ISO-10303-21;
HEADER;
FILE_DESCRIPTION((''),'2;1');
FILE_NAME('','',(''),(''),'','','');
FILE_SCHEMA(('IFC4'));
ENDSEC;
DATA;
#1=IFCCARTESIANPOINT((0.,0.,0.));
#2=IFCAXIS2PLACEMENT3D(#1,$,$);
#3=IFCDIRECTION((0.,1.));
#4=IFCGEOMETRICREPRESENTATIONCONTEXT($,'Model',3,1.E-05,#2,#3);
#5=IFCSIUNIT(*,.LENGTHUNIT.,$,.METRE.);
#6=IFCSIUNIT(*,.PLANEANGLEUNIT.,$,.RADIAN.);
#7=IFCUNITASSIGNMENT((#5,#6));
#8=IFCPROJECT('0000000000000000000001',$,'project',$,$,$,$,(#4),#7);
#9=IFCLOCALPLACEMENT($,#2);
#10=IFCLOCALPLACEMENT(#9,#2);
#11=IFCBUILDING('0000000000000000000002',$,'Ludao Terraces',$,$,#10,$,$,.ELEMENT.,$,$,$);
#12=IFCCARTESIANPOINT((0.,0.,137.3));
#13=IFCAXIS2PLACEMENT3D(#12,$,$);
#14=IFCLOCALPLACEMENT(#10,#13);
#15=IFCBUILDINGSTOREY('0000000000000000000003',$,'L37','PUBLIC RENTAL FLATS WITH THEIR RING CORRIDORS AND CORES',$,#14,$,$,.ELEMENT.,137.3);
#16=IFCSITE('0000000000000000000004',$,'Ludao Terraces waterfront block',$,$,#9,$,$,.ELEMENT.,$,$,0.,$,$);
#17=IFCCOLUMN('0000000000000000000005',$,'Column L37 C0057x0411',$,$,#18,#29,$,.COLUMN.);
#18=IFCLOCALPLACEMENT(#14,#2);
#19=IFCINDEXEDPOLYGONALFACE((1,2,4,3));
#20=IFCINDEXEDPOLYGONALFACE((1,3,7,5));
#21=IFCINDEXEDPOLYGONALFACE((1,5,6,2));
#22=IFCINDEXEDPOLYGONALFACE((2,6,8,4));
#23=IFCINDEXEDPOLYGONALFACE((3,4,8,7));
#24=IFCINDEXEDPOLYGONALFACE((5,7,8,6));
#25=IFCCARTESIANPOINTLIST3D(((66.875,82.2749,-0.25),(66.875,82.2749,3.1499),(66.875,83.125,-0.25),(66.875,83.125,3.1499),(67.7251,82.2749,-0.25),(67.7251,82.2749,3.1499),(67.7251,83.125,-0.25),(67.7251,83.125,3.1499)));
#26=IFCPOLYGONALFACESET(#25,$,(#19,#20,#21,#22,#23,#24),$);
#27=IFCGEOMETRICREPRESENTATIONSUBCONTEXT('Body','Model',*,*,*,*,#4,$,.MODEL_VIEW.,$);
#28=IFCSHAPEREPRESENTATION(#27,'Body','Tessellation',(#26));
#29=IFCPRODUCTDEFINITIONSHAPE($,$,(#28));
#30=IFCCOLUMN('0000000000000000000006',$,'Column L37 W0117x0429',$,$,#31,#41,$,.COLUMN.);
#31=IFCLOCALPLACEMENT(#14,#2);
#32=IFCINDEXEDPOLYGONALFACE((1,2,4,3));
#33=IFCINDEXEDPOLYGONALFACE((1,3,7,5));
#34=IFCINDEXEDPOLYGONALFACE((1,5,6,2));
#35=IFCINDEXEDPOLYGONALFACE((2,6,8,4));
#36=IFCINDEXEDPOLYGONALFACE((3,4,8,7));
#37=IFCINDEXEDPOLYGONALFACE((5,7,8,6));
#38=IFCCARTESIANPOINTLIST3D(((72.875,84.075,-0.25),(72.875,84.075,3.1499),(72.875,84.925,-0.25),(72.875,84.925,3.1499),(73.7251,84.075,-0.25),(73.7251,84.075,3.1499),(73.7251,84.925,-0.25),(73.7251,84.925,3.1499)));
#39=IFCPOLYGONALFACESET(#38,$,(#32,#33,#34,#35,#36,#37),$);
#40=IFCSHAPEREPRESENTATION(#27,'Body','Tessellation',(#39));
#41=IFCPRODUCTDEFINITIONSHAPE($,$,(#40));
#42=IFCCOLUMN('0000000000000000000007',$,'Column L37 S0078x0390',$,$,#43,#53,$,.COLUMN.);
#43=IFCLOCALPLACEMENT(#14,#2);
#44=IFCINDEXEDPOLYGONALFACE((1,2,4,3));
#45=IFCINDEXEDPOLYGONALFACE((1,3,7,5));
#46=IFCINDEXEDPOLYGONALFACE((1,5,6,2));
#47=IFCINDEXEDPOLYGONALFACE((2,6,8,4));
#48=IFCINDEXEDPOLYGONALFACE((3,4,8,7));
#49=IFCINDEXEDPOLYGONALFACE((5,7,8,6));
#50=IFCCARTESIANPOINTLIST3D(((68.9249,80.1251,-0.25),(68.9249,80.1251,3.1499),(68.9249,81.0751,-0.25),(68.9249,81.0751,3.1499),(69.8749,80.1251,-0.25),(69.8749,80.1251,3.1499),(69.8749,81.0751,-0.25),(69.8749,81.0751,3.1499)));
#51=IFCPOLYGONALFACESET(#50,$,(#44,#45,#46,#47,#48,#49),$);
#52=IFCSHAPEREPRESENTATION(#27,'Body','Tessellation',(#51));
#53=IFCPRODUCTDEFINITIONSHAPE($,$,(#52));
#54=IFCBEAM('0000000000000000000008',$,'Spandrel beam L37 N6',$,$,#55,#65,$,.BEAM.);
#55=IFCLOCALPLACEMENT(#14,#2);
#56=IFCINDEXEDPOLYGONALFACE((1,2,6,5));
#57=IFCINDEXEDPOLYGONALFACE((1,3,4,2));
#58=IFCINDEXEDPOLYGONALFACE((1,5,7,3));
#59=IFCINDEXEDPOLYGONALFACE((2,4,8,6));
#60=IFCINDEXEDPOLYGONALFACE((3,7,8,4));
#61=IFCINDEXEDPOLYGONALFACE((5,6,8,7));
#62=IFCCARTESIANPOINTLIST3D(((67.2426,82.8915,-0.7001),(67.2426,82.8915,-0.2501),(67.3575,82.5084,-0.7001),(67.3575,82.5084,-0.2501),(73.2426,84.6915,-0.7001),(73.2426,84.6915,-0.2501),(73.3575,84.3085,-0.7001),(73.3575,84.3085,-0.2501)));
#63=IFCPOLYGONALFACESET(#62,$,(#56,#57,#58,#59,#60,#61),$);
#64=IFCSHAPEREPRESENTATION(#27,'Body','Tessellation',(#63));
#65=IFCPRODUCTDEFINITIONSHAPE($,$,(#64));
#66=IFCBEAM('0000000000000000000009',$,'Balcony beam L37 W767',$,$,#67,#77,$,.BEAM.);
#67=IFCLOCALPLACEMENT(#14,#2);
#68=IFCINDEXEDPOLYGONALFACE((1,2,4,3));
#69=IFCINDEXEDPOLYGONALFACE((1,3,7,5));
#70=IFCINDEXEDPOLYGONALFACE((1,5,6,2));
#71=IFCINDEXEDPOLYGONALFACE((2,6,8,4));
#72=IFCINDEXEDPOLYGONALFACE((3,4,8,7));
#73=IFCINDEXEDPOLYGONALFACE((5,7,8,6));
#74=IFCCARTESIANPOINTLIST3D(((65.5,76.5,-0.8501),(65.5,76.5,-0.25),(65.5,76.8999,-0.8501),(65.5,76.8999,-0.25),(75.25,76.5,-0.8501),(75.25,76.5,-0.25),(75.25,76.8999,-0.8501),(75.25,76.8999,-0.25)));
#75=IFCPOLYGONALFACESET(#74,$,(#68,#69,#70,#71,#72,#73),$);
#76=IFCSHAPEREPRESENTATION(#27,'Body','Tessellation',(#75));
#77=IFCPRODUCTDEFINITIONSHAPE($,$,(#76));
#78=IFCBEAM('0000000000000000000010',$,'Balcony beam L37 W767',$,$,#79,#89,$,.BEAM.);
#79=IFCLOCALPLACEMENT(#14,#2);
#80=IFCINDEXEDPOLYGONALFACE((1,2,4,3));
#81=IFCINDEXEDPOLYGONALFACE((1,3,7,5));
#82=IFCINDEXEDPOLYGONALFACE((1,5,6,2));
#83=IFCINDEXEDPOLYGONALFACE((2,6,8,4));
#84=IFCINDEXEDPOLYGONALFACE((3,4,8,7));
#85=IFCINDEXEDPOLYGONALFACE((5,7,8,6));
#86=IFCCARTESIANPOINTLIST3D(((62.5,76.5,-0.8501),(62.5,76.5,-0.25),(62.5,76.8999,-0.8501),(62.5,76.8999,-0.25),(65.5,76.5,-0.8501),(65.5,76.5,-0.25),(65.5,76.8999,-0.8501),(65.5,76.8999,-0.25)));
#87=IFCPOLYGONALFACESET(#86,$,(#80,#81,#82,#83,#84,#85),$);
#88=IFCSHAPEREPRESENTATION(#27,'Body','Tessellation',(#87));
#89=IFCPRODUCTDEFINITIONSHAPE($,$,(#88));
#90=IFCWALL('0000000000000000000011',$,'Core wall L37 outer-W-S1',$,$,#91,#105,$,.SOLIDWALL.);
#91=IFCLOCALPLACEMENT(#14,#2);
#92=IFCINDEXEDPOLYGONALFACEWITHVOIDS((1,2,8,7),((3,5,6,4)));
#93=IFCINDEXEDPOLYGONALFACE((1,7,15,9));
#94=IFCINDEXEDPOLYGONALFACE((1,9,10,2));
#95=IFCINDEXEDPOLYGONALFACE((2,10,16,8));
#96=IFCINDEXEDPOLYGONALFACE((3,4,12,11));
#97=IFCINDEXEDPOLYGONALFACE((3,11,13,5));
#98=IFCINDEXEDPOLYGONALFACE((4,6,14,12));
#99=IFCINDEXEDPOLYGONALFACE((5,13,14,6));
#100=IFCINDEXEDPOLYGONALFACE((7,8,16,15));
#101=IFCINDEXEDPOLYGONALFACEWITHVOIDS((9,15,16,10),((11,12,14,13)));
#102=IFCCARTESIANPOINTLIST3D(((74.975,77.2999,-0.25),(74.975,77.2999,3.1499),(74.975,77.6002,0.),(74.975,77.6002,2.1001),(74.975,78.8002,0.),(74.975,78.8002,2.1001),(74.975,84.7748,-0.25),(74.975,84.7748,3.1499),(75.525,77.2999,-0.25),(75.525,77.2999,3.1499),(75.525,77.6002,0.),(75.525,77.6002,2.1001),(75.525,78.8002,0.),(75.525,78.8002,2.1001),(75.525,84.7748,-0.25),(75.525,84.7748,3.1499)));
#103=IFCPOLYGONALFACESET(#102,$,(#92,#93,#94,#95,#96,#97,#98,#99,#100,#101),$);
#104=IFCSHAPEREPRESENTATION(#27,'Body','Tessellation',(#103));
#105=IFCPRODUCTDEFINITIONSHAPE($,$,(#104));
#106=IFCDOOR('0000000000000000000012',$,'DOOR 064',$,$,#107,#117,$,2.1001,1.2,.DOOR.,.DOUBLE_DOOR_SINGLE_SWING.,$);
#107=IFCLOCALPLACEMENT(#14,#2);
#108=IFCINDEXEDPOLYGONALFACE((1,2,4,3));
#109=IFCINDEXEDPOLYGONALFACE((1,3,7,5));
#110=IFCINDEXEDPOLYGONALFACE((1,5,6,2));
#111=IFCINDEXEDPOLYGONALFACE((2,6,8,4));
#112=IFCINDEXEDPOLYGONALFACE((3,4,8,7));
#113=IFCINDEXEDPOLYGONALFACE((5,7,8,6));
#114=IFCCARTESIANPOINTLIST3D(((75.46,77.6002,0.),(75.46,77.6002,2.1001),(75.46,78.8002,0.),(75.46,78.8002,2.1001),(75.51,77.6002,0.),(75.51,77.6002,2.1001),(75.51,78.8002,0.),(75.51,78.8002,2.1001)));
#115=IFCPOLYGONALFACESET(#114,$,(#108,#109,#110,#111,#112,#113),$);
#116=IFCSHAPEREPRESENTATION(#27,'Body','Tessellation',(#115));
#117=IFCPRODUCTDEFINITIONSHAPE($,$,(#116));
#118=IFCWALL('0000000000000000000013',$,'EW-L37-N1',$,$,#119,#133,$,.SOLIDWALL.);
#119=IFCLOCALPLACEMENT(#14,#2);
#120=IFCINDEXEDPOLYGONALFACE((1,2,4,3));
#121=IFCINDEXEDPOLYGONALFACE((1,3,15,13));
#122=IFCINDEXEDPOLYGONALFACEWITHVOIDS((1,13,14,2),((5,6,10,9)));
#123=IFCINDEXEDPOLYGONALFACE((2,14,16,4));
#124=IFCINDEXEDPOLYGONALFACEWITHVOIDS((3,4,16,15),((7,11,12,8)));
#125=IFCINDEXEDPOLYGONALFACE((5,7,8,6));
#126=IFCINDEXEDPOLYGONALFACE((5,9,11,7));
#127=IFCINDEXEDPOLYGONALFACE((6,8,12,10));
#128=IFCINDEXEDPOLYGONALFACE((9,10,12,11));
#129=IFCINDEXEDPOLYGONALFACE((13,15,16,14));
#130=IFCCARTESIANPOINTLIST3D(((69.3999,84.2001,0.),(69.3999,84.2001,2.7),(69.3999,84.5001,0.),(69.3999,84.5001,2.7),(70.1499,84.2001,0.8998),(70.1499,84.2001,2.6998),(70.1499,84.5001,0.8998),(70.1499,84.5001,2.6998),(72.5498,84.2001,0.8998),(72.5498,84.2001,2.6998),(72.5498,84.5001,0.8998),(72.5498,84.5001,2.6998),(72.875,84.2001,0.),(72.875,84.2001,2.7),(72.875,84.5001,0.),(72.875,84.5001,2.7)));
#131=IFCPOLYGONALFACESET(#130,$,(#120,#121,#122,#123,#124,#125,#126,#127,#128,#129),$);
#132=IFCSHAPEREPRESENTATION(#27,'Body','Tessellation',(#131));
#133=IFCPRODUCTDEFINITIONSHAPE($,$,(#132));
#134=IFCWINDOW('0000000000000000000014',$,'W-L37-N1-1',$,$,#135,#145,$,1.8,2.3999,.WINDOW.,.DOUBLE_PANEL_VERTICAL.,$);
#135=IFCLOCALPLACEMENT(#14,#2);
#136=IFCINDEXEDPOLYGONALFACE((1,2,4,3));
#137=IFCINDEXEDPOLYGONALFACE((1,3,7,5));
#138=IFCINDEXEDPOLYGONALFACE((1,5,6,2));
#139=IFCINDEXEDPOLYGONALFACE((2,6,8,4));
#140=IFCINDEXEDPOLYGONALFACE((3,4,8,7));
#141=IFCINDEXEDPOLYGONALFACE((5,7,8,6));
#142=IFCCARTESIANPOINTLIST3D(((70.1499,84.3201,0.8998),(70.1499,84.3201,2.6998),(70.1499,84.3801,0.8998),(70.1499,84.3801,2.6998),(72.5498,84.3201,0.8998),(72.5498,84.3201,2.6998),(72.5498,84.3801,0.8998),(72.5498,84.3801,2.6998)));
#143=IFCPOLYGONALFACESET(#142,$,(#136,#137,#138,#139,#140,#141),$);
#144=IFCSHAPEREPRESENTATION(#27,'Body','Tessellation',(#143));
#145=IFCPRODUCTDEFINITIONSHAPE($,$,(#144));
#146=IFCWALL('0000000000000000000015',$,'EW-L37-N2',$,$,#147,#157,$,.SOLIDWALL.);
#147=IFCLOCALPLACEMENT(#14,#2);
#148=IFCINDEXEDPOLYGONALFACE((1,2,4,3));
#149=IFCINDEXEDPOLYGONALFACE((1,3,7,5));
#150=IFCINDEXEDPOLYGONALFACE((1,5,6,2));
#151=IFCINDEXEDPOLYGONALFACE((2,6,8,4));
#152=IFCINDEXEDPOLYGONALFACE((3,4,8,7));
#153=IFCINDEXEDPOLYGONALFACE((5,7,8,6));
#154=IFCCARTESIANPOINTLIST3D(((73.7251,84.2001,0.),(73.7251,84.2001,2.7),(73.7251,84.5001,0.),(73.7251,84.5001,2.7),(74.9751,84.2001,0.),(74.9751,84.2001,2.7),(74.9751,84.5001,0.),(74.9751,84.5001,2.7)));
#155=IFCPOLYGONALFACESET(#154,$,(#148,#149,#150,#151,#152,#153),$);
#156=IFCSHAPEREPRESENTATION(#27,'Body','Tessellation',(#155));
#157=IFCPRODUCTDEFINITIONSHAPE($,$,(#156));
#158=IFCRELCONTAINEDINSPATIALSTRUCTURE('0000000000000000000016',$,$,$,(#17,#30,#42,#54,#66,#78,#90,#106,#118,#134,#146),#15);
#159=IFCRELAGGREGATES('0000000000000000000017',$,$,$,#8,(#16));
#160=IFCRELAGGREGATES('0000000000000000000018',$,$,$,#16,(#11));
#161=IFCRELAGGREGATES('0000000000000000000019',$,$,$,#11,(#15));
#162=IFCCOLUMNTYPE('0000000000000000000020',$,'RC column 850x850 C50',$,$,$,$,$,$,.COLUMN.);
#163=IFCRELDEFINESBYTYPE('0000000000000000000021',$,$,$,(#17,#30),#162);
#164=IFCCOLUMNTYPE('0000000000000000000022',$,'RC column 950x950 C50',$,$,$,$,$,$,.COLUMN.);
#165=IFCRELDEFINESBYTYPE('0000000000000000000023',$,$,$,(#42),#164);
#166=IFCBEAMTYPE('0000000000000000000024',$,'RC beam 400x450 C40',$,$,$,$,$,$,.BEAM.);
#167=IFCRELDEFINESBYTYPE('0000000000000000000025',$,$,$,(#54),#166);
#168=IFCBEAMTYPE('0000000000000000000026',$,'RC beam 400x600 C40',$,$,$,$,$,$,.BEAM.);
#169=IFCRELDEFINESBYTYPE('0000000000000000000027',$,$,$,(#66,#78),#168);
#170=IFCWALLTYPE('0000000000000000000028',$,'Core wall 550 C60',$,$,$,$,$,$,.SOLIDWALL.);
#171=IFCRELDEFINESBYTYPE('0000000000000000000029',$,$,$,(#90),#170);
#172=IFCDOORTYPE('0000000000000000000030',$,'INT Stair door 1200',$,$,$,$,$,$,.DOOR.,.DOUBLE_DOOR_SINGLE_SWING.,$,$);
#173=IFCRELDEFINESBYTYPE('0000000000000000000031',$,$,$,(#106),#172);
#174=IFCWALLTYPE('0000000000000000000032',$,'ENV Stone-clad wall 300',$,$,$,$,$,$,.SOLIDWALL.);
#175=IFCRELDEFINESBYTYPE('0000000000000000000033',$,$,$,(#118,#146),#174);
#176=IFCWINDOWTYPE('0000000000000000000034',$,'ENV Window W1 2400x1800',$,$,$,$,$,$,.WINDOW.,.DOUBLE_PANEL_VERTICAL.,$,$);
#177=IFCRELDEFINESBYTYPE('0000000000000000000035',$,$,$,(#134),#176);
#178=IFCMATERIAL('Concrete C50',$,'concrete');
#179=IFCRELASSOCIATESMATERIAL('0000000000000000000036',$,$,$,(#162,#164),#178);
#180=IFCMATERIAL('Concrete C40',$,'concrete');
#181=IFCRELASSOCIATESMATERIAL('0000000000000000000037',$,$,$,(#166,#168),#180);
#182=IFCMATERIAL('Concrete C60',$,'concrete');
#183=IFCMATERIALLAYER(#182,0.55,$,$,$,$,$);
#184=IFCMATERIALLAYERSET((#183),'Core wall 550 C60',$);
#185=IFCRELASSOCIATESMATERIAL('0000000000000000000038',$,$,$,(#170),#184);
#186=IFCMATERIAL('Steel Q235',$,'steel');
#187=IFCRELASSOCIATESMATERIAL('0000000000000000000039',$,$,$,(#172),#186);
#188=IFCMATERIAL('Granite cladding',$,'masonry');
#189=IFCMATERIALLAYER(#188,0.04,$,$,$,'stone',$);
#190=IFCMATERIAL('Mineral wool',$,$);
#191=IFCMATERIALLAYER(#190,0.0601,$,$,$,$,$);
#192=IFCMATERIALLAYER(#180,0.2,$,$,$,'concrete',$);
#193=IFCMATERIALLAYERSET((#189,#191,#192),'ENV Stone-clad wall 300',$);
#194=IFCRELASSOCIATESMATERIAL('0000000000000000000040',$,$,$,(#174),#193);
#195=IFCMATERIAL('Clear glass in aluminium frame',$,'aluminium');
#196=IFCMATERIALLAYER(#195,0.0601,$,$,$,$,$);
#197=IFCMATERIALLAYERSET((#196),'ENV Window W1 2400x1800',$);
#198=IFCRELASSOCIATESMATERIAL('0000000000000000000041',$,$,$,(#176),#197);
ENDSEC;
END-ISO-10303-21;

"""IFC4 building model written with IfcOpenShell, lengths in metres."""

from ifc_helpers import new_model, si_unit, direction, frame, frame_2d, origin, origin_2d, place, context, subcontext, project, spatial, rectangle, extrude, material, layer, layer_set, material_profile, profile_set, type_object, element, fill, save


model = new_model("IFC4")

# Units and contexts
model_context = context("Model", 3, precision=1e-05, world=origin(), true_north=direction((0.0, 1.0)))
body_context = subcontext(model_context, "Body", "Model", "MODEL_VIEW")
ifc_project = project(units=[si_unit("LENGTHUNIT", "METRE"), si_unit("PLANEANGLEUNIT", "RADIAN")], contexts=[model_context])

# Site, building, storey
site_placement = place(None, origin())
site = spatial("IfcSite", under=ifc_project, at=site_placement, Name="Ludao Terraces waterfront block", CompositionType="ELEMENT", RefElevation=0.0)
building_placement = place(site_placement, origin())
building = spatial("IfcBuilding", under=site, at=building_placement, Name="Ludao Terraces", CompositionType="ELEMENT")
storey_placement = place(building_placement, frame((0.0, 0.0, 137.3)))
storey = spatial("IfcBuildingStorey", under=building, at=storey_placement, Name="L37", Description="PUBLIC RENTAL FLATS WITH THEIR RING CORRIDORS AND CORES", CompositionType="ELEMENT", Elevation=137.3)

# Columns
ifc_material_1 = material(Name="Concrete C50", Category="concrete")
ifc_material_profile_1 = material_profile(ifc_material_1, rectangle(XDim=0.8501, YDim=0.8501, at=origin_2d()), Name="850 X 850")
ifc_profile_set_1 = profile_set([ifc_material_profile_1], Name="Concrete C50")
column_type_1 = type_object("IfcColumnType", Name="RC column 850x850 C50", PredefinedType="COLUMN", material=ifc_profile_set_1)
for number, where, z_axis, x_axis, name in (
    (1, (67.3, 82.7, -0.25), (0.0, 0.0, 1.0), (1.0, 0.0, 0.0), "Column L37 C0057x0411"),
    (2, (73.3, 84.5, -0.25), (0.0, 0.0, 1.0), (1.0, 0.0, 0.0), "Column L37 W0117x0429"),
):
    element("IfcColumn", number, at=place(storey_placement, frame(where, z_axis=z_axis, x_axis=x_axis)), inside=storey, type_object=column_type_1, Name=name, PredefinedType="COLUMN", context=body_context, shape_type="SweptSolid", body=[
        extrude(rectangle(XDim=0.8501, YDim=0.8501, at=origin_2d()), origin(), (0.0, 0.0, 1.0), 3.3999),
    ])
ifc_material_profile_2 = material_profile(ifc_material_1, rectangle(XDim=0.95, YDim=0.95, at=origin_2d()), Name="950 X 950")
ifc_profile_set_2 = profile_set([ifc_material_profile_2], Name="Concrete C50")
column_type_2 = type_object("IfcColumnType", Name="RC column 950x950 C50", PredefinedType="COLUMN", material=ifc_profile_set_2)
column_placement = place(storey_placement, frame((69.3999, 80.6001, -0.25), z_axis=(0.0, 0.0, 1.0), x_axis=(1.0, 0.0, 0.0)))
element("IfcColumn", 3, at=column_placement, inside=storey, type_object=column_type_2, Name="Column L37 S0078x0390", PredefinedType="COLUMN", context=body_context, shape_type="SweptSolid", body=[
    extrude(rectangle(XDim=0.95, YDim=0.95, at=origin_2d()), origin(), (0.0, 0.0, 1.0), 3.3999),
])

# Beams
ifc_material_2 = material(Name="Concrete C40", Category="concrete")
ifc_material_profile_3 = material_profile(ifc_material_2, rectangle(XDim=0.3999, YDim=0.45, at=origin_2d()), Name="400 X 450")
ifc_profile_set_3 = profile_set([ifc_material_profile_3], Name="Concrete C40")
beam_type_1 = type_object("IfcBeamType", Name="RC beam 400x450 C40", PredefinedType="BEAM", material=ifc_profile_set_3)
beam_1_placement = place(storey_placement, frame((67.3, 82.7, -0.4751), z_axis=(0.957824, 0.287355, 0.0), x_axis=(-0.287355, 0.957824, 0.0)))
element("IfcBeam", 4, at=beam_1_placement, inside=storey, type_object=beam_type_1, Name="Spandrel beam L37 N6", PredefinedType="BEAM", context=body_context, shape_type="SweptSolid", body=[
    extrude(rectangle(XDim=0.3999, YDim=0.45, at=origin_2d()), origin(), (0.0, 0.0, 1.0), 6.2642),
])
ifc_material_profile_4 = material_profile(ifc_material_2, rectangle(XDim=0.3999, YDim=0.6001, at=origin_2d()), Name="400 X 600")
ifc_profile_set_4 = profile_set([ifc_material_profile_4], Name="Concrete C40")
beam_type_2 = type_object("IfcBeamType", Name="RC beam 400x600 C40", PredefinedType="BEAM", material=ifc_profile_set_4)
beam_2_placement = place(storey_placement, frame((75.25, 76.7, -0.55), z_axis=(-1.0, 0.0, 0.0), x_axis=(0.0, -1.0, 0.0)))
element("IfcBeam", 5, at=beam_2_placement, inside=storey, type_object=beam_type_2, Name="Balcony beam L37 W767", PredefinedType="BEAM", context=body_context, shape_type="SweptSolid", body=[
    extrude(rectangle(XDim=0.3999, YDim=0.6001, at=origin_2d()), origin(), (0.0, 0.0, 1.0), 9.75),
])
beam_3_placement = place(storey_placement, frame((65.5, 76.7, -0.55), z_axis=(-1.0, 0.0, 0.0), x_axis=(0.0, -1.0, 0.0)))
element("IfcBeam", 6, at=beam_3_placement, inside=storey, type_object=beam_type_2, Name="Balcony beam L37 W767", PredefinedType="BEAM", context=body_context, shape_type="SweptSolid", body=[
    extrude(rectangle(XDim=0.3999, YDim=0.6001, at=origin_2d()), origin(), (0.0, 0.0, 1.0), 3.0),
])

# Wall, opening, door
ifc_material_3 = material(Name="Concrete C60", Category="concrete")
ifc_layer_1 = layer(ifc_material_3, 0.55)
ifc_layer_set_1 = layer_set([ifc_layer_1], Name="Core wall 550 C60")
wall_type_1 = type_object("IfcWallType", Name="Core wall 550 C60", PredefinedType="SOLIDWALL", material=ifc_layer_set_1)
wall_1_placement = place(storey_placement, frame((75.25, 77.3, -0.25), z_axis=(0.0, 0.0, 1.0), x_axis=(0.0, 1.0, 0.0)))
wall_1 = element("IfcWall", 7, at=wall_1_placement, inside=storey, type_object=wall_type_1, Name="Core wall L37 outer-W-S1", PredefinedType="SOLIDWALL", context=body_context, shape_type="SweptSolid", body=[
    extrude(rectangle(XDim=7.4749, YDim=0.55, at=frame_2d((3.7373, 0.0))), origin(), (0.0, 0.0, 1.0), 3.3999),
])
opening_1_placement = place(wall_1_placement, frame((0.3, 0.0, 0.25)))
opening_1 = element("IfcOpeningElement", 8, at=opening_1_placement, cuts=wall_1, PredefinedType="OPENING", context=body_context, shape_type="SweptSolid", body=[
    extrude(rectangle(XDim=1.2, YDim=2.1001, at=frame_2d((0.6001, 1.05))), frame((0.0, 0.2852, 0.0), z_axis=(0.0, -1.0, 0.0), x_axis=(1.0, 0.0, 0.0)), (0.0, 0.0, 1.0), 0.5701),
])
ifc_material_4 = material(Name="Steel Q235", Category="steel")
door_type_1 = type_object("IfcDoorType", Name="INT Stair door 1200", OperationType="DOUBLE_DOOR_SINGLE_SWING", PredefinedType="DOOR", material=ifc_material_4)
door_1_placement = place(opening_1_placement, origin())
door_1 = element("IfcDoor", 9, at=door_1_placement, inside=storey, type_object=door_type_1, Name="DOOR 064", OperationType="DOUBLE_DOOR_SINGLE_SWING", OverallHeight=2.1001, OverallWidth=1.2, PredefinedType="DOOR", context=body_context, shape_type="SweptSolid", body=[
    extrude(rectangle(XDim=1.2, YDim=2.1001, at=frame_2d((0.6001, 1.05))), frame((0.0, -0.21, 0.0), z_axis=(0.0, -1.0, 0.0), x_axis=(1.0, 0.0, 0.0)), (0.0, 0.0, 1.0), 0.05),
])
fill(opening_1, door_1)

# Wall, opening, window
ifc_material_5 = material(Name="Granite cladding", Category="masonry")
ifc_layer_2 = layer(ifc_material_5, 0.04, Category="stone")
ifc_material_6 = material(Name="Mineral wool")
ifc_layer_3 = layer(ifc_material_6, 0.0601)
ifc_layer_4 = layer(ifc_material_2, 0.2, Category="concrete")
ifc_layer_set_2 = layer_set([ifc_layer_2, ifc_layer_3, ifc_layer_4], Name="ENV Stone-clad wall 300")
wall_type_2 = type_object("IfcWallType", Name="ENV Stone-clad wall 300", PredefinedType="SOLIDWALL", material=ifc_layer_set_2)
wall_2_placement = place(storey_placement, frame((69.3999, 84.3501, 0.0), z_axis=(0.0, 0.0, 1.0), x_axis=(1.0, 0.0, 0.0)))
wall_2 = element("IfcWall", 10, at=wall_2_placement, inside=storey, type_object=wall_type_2, Name="EW-L37-N1", PredefinedType="SOLIDWALL", context=body_context, shape_type="SweptSolid", body=[
    extrude(rectangle(XDim=3.4751, YDim=0.3, at=frame_2d((1.7375, 0.0))), origin(), (0.0, 0.0, 1.0), 2.7),
])
opening_2_placement = place(wall_2_placement, frame((0.75, 0.0, 0.8999)))
opening_2 = element("IfcOpeningElement", 11, at=opening_2_placement, cuts=wall_2, PredefinedType="OPENING", context=body_context, shape_type="SweptSolid", body=[
    extrude(rectangle(XDim=2.3999, YDim=1.8, at=frame_2d((1.2, 0.8999))), frame((0.0, 0.1602, 0.0), z_axis=(0.0, -1.0, 0.0), x_axis=(1.0, 0.0, 0.0)), (0.0, 0.0, 1.0), 0.3201),
])
ifc_material_7 = material(Name="Clear glass in aluminium frame", Category="aluminium")
ifc_layer_5 = layer(ifc_material_7, 0.0601)
ifc_layer_set_3 = layer_set([ifc_layer_5], Name="ENV Window W1 2400x1800")
window_type_1 = type_object("IfcWindowType", Name="ENV Window W1 2400x1800", PartitioningType="DOUBLE_PANEL_VERTICAL", PredefinedType="WINDOW", material=ifc_layer_set_3)
window_1_placement = place(opening_2_placement, origin())
window_1 = element("IfcWindow", 12, at=window_1_placement, inside=storey, type_object=window_type_1, Name="W-L37-N1-1", OverallHeight=1.8, OverallWidth=2.3999, PartitioningType="DOUBLE_PANEL_VERTICAL", PredefinedType="WINDOW", context=body_context, shape_type="SweptSolid", body=[
    extrude(rectangle(XDim=2.3999, YDim=1.8, at=frame_2d((1.2, 0.8999))), frame((0.0, 0.03, 0.0), z_axis=(0.0, -1.0, 0.0), x_axis=(1.0, 0.0, 0.0)), (0.0, 0.0, 1.0), 0.0601),
])
fill(opening_2, window_1)

# Wall
wall_3_placement = place(storey_placement, frame((73.7251, 84.3501, 0.0), z_axis=(0.0, 0.0, 1.0), x_axis=(1.0, 0.0, 0.0)))
element("IfcWall", 13, at=wall_3_placement, inside=storey, type_object=wall_type_2, Name="EW-L37-N2", PredefinedType="SOLIDWALL", context=body_context, shape_type="SweptSolid", body=[
    extrude(rectangle(XDim=1.25, YDim=0.3, at=frame_2d((0.625, 0.0))), origin(), (0.0, 0.0, 1.0), 2.7),
])

save(model, "model.ifc")
